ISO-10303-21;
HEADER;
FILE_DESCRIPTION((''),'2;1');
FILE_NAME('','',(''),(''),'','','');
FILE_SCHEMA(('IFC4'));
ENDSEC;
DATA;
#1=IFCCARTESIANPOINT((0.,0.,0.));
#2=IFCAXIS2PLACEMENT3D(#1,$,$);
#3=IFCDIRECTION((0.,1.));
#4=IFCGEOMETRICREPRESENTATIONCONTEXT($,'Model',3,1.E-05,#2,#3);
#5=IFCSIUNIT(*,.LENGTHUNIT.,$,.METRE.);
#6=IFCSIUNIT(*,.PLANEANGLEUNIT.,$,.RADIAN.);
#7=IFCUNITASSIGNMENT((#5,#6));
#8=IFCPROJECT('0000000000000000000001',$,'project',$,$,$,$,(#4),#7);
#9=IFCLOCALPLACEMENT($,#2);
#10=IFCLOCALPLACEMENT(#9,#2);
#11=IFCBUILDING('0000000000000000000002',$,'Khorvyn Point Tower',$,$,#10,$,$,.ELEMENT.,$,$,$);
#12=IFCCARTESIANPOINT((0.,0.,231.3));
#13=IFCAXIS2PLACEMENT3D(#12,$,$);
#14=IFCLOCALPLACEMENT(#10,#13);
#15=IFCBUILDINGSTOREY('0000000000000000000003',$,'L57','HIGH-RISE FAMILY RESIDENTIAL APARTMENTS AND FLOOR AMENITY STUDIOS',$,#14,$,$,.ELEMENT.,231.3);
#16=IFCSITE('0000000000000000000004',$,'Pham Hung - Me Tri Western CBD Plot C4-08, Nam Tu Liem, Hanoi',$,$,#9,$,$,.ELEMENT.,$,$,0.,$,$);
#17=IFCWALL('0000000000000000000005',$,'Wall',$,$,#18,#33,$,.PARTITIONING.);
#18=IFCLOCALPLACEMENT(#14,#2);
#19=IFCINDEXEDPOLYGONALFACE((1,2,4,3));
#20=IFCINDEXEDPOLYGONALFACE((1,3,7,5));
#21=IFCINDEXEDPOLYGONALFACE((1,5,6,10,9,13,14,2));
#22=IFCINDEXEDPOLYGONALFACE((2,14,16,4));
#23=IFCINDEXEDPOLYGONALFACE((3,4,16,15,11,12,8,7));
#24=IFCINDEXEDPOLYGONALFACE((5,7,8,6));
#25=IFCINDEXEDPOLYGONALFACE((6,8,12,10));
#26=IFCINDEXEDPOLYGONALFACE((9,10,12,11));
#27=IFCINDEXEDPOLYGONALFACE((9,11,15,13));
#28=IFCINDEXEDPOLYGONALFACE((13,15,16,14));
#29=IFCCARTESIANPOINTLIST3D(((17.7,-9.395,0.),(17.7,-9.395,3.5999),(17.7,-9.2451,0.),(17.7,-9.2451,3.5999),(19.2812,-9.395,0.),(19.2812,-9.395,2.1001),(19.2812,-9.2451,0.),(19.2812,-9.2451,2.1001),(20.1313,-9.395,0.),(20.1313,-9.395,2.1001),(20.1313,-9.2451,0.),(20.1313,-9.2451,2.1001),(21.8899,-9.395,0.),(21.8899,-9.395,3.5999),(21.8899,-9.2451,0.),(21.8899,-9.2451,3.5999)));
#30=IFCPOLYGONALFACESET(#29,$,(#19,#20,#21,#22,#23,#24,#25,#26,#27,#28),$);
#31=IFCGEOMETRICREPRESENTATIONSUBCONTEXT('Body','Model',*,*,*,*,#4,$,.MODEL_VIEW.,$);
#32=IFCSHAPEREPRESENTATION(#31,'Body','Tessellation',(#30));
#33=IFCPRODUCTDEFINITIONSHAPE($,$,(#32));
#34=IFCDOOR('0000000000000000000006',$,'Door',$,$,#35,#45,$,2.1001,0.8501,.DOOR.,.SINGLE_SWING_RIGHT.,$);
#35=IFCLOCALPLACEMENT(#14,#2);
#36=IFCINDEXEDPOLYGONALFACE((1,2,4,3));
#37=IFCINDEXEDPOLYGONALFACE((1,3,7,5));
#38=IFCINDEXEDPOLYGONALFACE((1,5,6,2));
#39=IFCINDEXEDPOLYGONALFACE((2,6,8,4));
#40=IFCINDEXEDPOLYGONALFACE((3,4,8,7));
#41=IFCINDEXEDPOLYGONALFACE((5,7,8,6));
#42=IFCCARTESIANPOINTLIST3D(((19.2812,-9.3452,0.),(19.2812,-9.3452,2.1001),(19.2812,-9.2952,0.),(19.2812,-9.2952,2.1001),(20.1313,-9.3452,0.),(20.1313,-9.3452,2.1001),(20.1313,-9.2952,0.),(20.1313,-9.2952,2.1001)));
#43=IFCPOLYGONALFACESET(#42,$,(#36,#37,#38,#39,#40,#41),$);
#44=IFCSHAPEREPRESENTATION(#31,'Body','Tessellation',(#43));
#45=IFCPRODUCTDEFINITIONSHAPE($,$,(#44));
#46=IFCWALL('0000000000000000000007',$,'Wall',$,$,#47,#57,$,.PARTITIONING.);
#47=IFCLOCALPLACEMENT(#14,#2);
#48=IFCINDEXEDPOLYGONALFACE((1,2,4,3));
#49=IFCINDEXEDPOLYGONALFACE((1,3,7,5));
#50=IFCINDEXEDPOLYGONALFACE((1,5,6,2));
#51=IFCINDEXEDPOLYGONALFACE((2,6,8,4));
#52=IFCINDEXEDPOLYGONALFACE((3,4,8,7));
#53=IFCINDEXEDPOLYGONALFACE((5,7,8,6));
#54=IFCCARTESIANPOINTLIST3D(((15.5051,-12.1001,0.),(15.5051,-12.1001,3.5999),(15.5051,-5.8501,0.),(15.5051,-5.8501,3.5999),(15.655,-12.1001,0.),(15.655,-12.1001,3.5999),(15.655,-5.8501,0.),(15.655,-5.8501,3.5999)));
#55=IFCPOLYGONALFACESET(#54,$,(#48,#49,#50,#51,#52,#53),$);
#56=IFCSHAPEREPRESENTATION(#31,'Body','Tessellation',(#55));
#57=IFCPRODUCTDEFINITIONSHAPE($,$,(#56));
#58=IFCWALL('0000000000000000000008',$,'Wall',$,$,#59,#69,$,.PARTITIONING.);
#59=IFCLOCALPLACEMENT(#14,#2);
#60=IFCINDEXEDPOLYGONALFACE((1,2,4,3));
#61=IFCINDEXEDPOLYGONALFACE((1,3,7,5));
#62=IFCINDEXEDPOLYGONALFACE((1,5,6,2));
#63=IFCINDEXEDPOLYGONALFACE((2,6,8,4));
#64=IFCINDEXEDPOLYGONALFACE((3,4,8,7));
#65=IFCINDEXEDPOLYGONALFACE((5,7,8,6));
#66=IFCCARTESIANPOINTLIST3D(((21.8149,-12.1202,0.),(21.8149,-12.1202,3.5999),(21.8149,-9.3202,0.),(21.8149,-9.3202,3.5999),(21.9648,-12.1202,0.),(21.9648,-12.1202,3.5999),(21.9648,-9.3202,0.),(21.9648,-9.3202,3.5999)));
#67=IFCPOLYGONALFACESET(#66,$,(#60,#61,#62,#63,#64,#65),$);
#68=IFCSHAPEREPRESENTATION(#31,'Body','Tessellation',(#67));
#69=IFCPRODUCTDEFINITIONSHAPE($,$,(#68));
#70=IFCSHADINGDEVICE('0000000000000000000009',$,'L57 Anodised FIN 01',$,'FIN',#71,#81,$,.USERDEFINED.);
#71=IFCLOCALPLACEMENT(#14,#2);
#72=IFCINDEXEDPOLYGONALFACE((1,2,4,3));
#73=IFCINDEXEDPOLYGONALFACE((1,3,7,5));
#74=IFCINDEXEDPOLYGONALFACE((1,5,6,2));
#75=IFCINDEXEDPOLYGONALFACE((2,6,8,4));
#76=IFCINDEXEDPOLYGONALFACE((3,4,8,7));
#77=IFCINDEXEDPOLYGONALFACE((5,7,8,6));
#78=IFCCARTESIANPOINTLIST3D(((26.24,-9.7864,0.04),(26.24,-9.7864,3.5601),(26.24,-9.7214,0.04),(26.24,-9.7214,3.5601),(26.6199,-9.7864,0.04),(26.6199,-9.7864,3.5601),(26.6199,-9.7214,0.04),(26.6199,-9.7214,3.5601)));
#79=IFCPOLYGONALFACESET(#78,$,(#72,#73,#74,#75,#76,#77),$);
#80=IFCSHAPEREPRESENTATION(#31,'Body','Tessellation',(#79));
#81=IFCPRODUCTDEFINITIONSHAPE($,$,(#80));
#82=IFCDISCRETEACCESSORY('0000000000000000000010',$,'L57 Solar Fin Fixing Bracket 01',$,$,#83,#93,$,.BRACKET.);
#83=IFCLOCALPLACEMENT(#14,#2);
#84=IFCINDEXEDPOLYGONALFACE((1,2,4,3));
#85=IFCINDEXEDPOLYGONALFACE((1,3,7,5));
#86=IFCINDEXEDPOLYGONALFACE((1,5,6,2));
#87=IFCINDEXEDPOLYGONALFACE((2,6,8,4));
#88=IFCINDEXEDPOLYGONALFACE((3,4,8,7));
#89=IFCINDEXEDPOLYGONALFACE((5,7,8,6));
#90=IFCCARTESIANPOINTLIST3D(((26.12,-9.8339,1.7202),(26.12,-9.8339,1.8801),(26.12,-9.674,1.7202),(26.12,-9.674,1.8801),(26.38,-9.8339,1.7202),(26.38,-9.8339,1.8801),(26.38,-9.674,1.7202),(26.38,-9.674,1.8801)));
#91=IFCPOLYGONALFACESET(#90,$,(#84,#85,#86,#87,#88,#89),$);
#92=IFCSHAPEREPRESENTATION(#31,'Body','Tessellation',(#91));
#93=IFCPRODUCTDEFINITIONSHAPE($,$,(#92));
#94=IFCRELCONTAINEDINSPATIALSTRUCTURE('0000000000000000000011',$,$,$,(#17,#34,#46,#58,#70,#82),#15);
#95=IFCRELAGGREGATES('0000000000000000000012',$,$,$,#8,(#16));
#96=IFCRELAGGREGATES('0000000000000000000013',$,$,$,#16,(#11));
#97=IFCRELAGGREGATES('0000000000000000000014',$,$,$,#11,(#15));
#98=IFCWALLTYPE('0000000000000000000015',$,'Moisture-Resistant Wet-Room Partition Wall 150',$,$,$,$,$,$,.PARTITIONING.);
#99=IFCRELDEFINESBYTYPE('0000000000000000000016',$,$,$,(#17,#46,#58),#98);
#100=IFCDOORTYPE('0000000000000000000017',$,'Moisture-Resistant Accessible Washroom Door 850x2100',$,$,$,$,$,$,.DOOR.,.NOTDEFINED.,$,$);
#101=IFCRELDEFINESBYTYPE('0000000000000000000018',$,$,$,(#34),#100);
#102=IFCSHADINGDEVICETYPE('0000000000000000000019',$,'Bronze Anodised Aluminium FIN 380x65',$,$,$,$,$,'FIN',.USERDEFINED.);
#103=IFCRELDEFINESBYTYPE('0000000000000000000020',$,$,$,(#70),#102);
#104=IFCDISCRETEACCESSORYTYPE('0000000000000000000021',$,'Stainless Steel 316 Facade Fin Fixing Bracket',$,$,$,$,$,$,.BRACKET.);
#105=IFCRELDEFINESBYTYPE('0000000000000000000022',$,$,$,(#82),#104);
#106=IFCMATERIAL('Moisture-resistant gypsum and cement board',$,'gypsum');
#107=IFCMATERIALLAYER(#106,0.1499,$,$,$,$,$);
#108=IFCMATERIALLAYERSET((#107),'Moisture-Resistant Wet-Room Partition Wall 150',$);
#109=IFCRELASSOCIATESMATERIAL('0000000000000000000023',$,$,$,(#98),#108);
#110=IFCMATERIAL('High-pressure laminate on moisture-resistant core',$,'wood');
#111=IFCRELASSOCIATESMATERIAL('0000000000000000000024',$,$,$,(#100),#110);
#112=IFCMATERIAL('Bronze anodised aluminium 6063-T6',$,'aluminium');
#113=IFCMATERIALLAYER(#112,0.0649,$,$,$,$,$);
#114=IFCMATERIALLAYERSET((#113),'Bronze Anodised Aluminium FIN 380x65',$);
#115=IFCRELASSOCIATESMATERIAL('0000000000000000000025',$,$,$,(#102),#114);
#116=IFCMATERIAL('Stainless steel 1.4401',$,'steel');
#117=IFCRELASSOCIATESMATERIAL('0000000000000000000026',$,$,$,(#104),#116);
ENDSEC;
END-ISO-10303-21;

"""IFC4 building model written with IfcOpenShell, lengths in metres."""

from ifc_helpers import new_model, si_unit, direction, frame, frame_2d, origin, origin_2d, place, context, subcontext, project, spatial, rectangle, extrude, material, layer, layer_set, type_object, element, fill, save


model = new_model("IFC4")

# Units and contexts
model_context = context("Model", 3, precision=1e-05, world=origin(), true_north=direction((0.0, 1.0)))
body_context = subcontext(model_context, "Body", "Model", "MODEL_VIEW")
ifc_project = project(units=[si_unit("LENGTHUNIT", "METRE"), si_unit("PLANEANGLEUNIT", "RADIAN")], contexts=[model_context])

# Site, building, storey
site_placement = place(None, origin())
site = spatial("IfcSite", under=ifc_project, at=site_placement, Name="Pham Hung - Me Tri Western CBD Plot C4-08, Nam Tu Liem, Hanoi", CompositionType="ELEMENT", RefElevation=0.0)
building_placement = place(site_placement, origin())
building = spatial("IfcBuilding", under=site, at=building_placement, Name="Khorvyn Point Tower", CompositionType="ELEMENT")
storey_placement = place(building_placement, frame((0.0, 0.0, 231.3)))
storey = spatial("IfcBuildingStorey", under=building, at=storey_placement, Name="L57", Description="HIGH-RISE FAMILY RESIDENTIAL APARTMENTS AND FLOOR AMENITY STUDIOS", CompositionType="ELEMENT", Elevation=231.3)

# Wall, opening, door
ifc_material_1 = material(Name="Moisture-resistant gypsum and cement board", Category="gypsum")
ifc_layer_1 = layer(ifc_material_1, 0.1499)
ifc_layer_set_1 = layer_set([ifc_layer_1], Name="Moisture-Resistant Wet-Room Partition Wall 150")
wall_type_1 = type_object("IfcWallType", Name="Moisture-Resistant Wet-Room Partition Wall 150", PredefinedType="PARTITIONING", material=ifc_layer_set_1)
ifc_material_2 = material(Name="High-pressure laminate on moisture-resistant core", Category="wood")
door_type_1 = type_object("IfcDoorType", Name="Moisture-Resistant Accessible Washroom Door 850x2100", OperationType="NOTDEFINED", PredefinedType="DOOR", material=ifc_material_2)
wall_1_placement = place(storey_placement, frame((17.7, -9.3201, 0.0), z_axis=(0.0, 0.0, 1.0), x_axis=(1.0, 0.0, 0.0)))
wall_1 = element("IfcWall", 1, at=wall_1_placement, inside=storey, type_object=wall_type_1, Name="Wall", PredefinedType="PARTITIONING", context=body_context, shape_type="SweptSolid", body=[
    extrude(rectangle(XDim=4.1899, YDim=0.1499, at=frame_2d((2.095, 0.0))), origin(), (0.0, 0.0, 1.0), 3.5999),
])
opening_1_placement = place(wall_1_placement, frame((1.5813, 0.0, 0.0)))
opening_1 = element("IfcOpeningElement", 2, at=opening_1_placement, cuts=wall_1, PredefinedType="OPENING", context=body_context, shape_type="SweptSolid", body=[
    extrude(rectangle(XDim=0.8501, YDim=2.1001, at=frame_2d((0.425, 1.05))), frame((0.0, 0.085, 0.0), z_axis=(0.0, -1.0, 0.0), x_axis=(1.0, 0.0, 0.0)), (0.0, 0.0, 1.0), 0.1699),
])
door_1_placement = place(opening_1_placement, origin())
door_1 = element("IfcDoor", 3, at=door_1_placement, inside=storey, type_object=door_type_1, Name="Door", OperationType="SINGLE_SWING_RIGHT", OverallHeight=2.1001, OverallWidth=0.8501, PredefinedType="DOOR", context=body_context, shape_type="SweptSolid", body=[
    extrude(rectangle(XDim=0.8501, YDim=2.1001, at=frame_2d((0.425, 1.05))), frame((0.0, 0.0249, 0.0), z_axis=(0.0, -1.0, 0.0), x_axis=(1.0, 0.0, 0.0)), (0.0, 0.0, 1.0), 0.05),
])
fill(opening_1, door_1)

# Walls
wall_2_placement = place(storey_placement, frame((15.5801, -12.1001, 0.0), z_axis=(0.0, 0.0, 1.0), x_axis=(0.0, 1.0, 0.0)))
element("IfcWall", 4, at=wall_2_placement, inside=storey, type_object=wall_type_1, Name="Wall", PredefinedType="PARTITIONING", context=body_context, shape_type="SweptSolid", body=[
    extrude(rectangle(XDim=6.25, YDim=0.1499, at=frame_2d((3.125, 0.0))), origin(), (0.0, 0.0, 1.0), 3.5999),
])
wall_3_placement = place(storey_placement, frame((21.8899, -12.1201, 0.0), z_axis=(0.0, 0.0, 1.0), x_axis=(0.0, 1.0, 0.0)))
element("IfcWall", 5, at=wall_3_placement, inside=storey, type_object=wall_type_1, Name="Wall", PredefinedType="PARTITIONING", context=body_context, shape_type="SweptSolid", body=[
    extrude(rectangle(XDim=2.8, YDim=0.1499, at=frame_2d((1.3999, 0.0))), origin(), (0.0, 0.0, 1.0), 3.5999),
])

# Shading device
ifc_material_3 = material(Name="Bronze anodised aluminium 6063-T6", Category="aluminium")
ifc_layer_2 = layer(ifc_material_3, 0.0649)
ifc_layer_set_2 = layer_set([ifc_layer_2], Name="Bronze Anodised Aluminium FIN 380x65")
shading_device_type = type_object("IfcShadingDeviceType", Name="Bronze Anodised Aluminium FIN 380x65", ElementType="FIN", PredefinedType="USERDEFINED", material=ifc_layer_set_2)
shading_device_placement = place(storey_placement, frame((26.4299, -9.7539, 0.04), z_axis=(0.0, 0.0, 1.0), x_axis=(1.0, 0.0, 0.0)))
element("IfcShadingDevice", 6, at=shading_device_placement, inside=storey, type_object=shading_device_type, Name="L57 Anodised FIN 01", ObjectType="FIN", PredefinedType="USERDEFINED", context=body_context, shape_type="SweptSolid", body=[
    extrude(rectangle(XDim=0.3799, YDim=0.0649, at=origin_2d()), origin(), (0.0, 0.0, 1.0), 3.52),
])

# Discrete accessory
ifc_material_4 = material(Name="Stainless steel 1.4401", Category="steel")
discrete_accessory_type = type_object("IfcDiscreteAccessoryType", Name="Stainless Steel 316 Facade Fin Fixing Bracket", PredefinedType="BRACKET", material=ifc_material_4)
discrete_accessory_placement = place(storey_placement, frame((26.25, -9.7539, 1.7202), z_axis=(0.0, 0.0, 1.0), x_axis=(0.0, -1.0, 0.0)))
element("IfcDiscreteAccessory", 7, at=discrete_accessory_placement, inside=storey, type_object=discrete_accessory_type, Name="L57 Solar Fin Fixing Bracket 01", PredefinedType="BRACKET", context=body_context, shape_type="SweptSolid", body=[
    extrude(rectangle(XDim=0.1599, YDim=0.26, at=origin_2d()), origin(), (0.0, 0.0, 1.0), 0.1599),
])

save(model, "model.ifc")
